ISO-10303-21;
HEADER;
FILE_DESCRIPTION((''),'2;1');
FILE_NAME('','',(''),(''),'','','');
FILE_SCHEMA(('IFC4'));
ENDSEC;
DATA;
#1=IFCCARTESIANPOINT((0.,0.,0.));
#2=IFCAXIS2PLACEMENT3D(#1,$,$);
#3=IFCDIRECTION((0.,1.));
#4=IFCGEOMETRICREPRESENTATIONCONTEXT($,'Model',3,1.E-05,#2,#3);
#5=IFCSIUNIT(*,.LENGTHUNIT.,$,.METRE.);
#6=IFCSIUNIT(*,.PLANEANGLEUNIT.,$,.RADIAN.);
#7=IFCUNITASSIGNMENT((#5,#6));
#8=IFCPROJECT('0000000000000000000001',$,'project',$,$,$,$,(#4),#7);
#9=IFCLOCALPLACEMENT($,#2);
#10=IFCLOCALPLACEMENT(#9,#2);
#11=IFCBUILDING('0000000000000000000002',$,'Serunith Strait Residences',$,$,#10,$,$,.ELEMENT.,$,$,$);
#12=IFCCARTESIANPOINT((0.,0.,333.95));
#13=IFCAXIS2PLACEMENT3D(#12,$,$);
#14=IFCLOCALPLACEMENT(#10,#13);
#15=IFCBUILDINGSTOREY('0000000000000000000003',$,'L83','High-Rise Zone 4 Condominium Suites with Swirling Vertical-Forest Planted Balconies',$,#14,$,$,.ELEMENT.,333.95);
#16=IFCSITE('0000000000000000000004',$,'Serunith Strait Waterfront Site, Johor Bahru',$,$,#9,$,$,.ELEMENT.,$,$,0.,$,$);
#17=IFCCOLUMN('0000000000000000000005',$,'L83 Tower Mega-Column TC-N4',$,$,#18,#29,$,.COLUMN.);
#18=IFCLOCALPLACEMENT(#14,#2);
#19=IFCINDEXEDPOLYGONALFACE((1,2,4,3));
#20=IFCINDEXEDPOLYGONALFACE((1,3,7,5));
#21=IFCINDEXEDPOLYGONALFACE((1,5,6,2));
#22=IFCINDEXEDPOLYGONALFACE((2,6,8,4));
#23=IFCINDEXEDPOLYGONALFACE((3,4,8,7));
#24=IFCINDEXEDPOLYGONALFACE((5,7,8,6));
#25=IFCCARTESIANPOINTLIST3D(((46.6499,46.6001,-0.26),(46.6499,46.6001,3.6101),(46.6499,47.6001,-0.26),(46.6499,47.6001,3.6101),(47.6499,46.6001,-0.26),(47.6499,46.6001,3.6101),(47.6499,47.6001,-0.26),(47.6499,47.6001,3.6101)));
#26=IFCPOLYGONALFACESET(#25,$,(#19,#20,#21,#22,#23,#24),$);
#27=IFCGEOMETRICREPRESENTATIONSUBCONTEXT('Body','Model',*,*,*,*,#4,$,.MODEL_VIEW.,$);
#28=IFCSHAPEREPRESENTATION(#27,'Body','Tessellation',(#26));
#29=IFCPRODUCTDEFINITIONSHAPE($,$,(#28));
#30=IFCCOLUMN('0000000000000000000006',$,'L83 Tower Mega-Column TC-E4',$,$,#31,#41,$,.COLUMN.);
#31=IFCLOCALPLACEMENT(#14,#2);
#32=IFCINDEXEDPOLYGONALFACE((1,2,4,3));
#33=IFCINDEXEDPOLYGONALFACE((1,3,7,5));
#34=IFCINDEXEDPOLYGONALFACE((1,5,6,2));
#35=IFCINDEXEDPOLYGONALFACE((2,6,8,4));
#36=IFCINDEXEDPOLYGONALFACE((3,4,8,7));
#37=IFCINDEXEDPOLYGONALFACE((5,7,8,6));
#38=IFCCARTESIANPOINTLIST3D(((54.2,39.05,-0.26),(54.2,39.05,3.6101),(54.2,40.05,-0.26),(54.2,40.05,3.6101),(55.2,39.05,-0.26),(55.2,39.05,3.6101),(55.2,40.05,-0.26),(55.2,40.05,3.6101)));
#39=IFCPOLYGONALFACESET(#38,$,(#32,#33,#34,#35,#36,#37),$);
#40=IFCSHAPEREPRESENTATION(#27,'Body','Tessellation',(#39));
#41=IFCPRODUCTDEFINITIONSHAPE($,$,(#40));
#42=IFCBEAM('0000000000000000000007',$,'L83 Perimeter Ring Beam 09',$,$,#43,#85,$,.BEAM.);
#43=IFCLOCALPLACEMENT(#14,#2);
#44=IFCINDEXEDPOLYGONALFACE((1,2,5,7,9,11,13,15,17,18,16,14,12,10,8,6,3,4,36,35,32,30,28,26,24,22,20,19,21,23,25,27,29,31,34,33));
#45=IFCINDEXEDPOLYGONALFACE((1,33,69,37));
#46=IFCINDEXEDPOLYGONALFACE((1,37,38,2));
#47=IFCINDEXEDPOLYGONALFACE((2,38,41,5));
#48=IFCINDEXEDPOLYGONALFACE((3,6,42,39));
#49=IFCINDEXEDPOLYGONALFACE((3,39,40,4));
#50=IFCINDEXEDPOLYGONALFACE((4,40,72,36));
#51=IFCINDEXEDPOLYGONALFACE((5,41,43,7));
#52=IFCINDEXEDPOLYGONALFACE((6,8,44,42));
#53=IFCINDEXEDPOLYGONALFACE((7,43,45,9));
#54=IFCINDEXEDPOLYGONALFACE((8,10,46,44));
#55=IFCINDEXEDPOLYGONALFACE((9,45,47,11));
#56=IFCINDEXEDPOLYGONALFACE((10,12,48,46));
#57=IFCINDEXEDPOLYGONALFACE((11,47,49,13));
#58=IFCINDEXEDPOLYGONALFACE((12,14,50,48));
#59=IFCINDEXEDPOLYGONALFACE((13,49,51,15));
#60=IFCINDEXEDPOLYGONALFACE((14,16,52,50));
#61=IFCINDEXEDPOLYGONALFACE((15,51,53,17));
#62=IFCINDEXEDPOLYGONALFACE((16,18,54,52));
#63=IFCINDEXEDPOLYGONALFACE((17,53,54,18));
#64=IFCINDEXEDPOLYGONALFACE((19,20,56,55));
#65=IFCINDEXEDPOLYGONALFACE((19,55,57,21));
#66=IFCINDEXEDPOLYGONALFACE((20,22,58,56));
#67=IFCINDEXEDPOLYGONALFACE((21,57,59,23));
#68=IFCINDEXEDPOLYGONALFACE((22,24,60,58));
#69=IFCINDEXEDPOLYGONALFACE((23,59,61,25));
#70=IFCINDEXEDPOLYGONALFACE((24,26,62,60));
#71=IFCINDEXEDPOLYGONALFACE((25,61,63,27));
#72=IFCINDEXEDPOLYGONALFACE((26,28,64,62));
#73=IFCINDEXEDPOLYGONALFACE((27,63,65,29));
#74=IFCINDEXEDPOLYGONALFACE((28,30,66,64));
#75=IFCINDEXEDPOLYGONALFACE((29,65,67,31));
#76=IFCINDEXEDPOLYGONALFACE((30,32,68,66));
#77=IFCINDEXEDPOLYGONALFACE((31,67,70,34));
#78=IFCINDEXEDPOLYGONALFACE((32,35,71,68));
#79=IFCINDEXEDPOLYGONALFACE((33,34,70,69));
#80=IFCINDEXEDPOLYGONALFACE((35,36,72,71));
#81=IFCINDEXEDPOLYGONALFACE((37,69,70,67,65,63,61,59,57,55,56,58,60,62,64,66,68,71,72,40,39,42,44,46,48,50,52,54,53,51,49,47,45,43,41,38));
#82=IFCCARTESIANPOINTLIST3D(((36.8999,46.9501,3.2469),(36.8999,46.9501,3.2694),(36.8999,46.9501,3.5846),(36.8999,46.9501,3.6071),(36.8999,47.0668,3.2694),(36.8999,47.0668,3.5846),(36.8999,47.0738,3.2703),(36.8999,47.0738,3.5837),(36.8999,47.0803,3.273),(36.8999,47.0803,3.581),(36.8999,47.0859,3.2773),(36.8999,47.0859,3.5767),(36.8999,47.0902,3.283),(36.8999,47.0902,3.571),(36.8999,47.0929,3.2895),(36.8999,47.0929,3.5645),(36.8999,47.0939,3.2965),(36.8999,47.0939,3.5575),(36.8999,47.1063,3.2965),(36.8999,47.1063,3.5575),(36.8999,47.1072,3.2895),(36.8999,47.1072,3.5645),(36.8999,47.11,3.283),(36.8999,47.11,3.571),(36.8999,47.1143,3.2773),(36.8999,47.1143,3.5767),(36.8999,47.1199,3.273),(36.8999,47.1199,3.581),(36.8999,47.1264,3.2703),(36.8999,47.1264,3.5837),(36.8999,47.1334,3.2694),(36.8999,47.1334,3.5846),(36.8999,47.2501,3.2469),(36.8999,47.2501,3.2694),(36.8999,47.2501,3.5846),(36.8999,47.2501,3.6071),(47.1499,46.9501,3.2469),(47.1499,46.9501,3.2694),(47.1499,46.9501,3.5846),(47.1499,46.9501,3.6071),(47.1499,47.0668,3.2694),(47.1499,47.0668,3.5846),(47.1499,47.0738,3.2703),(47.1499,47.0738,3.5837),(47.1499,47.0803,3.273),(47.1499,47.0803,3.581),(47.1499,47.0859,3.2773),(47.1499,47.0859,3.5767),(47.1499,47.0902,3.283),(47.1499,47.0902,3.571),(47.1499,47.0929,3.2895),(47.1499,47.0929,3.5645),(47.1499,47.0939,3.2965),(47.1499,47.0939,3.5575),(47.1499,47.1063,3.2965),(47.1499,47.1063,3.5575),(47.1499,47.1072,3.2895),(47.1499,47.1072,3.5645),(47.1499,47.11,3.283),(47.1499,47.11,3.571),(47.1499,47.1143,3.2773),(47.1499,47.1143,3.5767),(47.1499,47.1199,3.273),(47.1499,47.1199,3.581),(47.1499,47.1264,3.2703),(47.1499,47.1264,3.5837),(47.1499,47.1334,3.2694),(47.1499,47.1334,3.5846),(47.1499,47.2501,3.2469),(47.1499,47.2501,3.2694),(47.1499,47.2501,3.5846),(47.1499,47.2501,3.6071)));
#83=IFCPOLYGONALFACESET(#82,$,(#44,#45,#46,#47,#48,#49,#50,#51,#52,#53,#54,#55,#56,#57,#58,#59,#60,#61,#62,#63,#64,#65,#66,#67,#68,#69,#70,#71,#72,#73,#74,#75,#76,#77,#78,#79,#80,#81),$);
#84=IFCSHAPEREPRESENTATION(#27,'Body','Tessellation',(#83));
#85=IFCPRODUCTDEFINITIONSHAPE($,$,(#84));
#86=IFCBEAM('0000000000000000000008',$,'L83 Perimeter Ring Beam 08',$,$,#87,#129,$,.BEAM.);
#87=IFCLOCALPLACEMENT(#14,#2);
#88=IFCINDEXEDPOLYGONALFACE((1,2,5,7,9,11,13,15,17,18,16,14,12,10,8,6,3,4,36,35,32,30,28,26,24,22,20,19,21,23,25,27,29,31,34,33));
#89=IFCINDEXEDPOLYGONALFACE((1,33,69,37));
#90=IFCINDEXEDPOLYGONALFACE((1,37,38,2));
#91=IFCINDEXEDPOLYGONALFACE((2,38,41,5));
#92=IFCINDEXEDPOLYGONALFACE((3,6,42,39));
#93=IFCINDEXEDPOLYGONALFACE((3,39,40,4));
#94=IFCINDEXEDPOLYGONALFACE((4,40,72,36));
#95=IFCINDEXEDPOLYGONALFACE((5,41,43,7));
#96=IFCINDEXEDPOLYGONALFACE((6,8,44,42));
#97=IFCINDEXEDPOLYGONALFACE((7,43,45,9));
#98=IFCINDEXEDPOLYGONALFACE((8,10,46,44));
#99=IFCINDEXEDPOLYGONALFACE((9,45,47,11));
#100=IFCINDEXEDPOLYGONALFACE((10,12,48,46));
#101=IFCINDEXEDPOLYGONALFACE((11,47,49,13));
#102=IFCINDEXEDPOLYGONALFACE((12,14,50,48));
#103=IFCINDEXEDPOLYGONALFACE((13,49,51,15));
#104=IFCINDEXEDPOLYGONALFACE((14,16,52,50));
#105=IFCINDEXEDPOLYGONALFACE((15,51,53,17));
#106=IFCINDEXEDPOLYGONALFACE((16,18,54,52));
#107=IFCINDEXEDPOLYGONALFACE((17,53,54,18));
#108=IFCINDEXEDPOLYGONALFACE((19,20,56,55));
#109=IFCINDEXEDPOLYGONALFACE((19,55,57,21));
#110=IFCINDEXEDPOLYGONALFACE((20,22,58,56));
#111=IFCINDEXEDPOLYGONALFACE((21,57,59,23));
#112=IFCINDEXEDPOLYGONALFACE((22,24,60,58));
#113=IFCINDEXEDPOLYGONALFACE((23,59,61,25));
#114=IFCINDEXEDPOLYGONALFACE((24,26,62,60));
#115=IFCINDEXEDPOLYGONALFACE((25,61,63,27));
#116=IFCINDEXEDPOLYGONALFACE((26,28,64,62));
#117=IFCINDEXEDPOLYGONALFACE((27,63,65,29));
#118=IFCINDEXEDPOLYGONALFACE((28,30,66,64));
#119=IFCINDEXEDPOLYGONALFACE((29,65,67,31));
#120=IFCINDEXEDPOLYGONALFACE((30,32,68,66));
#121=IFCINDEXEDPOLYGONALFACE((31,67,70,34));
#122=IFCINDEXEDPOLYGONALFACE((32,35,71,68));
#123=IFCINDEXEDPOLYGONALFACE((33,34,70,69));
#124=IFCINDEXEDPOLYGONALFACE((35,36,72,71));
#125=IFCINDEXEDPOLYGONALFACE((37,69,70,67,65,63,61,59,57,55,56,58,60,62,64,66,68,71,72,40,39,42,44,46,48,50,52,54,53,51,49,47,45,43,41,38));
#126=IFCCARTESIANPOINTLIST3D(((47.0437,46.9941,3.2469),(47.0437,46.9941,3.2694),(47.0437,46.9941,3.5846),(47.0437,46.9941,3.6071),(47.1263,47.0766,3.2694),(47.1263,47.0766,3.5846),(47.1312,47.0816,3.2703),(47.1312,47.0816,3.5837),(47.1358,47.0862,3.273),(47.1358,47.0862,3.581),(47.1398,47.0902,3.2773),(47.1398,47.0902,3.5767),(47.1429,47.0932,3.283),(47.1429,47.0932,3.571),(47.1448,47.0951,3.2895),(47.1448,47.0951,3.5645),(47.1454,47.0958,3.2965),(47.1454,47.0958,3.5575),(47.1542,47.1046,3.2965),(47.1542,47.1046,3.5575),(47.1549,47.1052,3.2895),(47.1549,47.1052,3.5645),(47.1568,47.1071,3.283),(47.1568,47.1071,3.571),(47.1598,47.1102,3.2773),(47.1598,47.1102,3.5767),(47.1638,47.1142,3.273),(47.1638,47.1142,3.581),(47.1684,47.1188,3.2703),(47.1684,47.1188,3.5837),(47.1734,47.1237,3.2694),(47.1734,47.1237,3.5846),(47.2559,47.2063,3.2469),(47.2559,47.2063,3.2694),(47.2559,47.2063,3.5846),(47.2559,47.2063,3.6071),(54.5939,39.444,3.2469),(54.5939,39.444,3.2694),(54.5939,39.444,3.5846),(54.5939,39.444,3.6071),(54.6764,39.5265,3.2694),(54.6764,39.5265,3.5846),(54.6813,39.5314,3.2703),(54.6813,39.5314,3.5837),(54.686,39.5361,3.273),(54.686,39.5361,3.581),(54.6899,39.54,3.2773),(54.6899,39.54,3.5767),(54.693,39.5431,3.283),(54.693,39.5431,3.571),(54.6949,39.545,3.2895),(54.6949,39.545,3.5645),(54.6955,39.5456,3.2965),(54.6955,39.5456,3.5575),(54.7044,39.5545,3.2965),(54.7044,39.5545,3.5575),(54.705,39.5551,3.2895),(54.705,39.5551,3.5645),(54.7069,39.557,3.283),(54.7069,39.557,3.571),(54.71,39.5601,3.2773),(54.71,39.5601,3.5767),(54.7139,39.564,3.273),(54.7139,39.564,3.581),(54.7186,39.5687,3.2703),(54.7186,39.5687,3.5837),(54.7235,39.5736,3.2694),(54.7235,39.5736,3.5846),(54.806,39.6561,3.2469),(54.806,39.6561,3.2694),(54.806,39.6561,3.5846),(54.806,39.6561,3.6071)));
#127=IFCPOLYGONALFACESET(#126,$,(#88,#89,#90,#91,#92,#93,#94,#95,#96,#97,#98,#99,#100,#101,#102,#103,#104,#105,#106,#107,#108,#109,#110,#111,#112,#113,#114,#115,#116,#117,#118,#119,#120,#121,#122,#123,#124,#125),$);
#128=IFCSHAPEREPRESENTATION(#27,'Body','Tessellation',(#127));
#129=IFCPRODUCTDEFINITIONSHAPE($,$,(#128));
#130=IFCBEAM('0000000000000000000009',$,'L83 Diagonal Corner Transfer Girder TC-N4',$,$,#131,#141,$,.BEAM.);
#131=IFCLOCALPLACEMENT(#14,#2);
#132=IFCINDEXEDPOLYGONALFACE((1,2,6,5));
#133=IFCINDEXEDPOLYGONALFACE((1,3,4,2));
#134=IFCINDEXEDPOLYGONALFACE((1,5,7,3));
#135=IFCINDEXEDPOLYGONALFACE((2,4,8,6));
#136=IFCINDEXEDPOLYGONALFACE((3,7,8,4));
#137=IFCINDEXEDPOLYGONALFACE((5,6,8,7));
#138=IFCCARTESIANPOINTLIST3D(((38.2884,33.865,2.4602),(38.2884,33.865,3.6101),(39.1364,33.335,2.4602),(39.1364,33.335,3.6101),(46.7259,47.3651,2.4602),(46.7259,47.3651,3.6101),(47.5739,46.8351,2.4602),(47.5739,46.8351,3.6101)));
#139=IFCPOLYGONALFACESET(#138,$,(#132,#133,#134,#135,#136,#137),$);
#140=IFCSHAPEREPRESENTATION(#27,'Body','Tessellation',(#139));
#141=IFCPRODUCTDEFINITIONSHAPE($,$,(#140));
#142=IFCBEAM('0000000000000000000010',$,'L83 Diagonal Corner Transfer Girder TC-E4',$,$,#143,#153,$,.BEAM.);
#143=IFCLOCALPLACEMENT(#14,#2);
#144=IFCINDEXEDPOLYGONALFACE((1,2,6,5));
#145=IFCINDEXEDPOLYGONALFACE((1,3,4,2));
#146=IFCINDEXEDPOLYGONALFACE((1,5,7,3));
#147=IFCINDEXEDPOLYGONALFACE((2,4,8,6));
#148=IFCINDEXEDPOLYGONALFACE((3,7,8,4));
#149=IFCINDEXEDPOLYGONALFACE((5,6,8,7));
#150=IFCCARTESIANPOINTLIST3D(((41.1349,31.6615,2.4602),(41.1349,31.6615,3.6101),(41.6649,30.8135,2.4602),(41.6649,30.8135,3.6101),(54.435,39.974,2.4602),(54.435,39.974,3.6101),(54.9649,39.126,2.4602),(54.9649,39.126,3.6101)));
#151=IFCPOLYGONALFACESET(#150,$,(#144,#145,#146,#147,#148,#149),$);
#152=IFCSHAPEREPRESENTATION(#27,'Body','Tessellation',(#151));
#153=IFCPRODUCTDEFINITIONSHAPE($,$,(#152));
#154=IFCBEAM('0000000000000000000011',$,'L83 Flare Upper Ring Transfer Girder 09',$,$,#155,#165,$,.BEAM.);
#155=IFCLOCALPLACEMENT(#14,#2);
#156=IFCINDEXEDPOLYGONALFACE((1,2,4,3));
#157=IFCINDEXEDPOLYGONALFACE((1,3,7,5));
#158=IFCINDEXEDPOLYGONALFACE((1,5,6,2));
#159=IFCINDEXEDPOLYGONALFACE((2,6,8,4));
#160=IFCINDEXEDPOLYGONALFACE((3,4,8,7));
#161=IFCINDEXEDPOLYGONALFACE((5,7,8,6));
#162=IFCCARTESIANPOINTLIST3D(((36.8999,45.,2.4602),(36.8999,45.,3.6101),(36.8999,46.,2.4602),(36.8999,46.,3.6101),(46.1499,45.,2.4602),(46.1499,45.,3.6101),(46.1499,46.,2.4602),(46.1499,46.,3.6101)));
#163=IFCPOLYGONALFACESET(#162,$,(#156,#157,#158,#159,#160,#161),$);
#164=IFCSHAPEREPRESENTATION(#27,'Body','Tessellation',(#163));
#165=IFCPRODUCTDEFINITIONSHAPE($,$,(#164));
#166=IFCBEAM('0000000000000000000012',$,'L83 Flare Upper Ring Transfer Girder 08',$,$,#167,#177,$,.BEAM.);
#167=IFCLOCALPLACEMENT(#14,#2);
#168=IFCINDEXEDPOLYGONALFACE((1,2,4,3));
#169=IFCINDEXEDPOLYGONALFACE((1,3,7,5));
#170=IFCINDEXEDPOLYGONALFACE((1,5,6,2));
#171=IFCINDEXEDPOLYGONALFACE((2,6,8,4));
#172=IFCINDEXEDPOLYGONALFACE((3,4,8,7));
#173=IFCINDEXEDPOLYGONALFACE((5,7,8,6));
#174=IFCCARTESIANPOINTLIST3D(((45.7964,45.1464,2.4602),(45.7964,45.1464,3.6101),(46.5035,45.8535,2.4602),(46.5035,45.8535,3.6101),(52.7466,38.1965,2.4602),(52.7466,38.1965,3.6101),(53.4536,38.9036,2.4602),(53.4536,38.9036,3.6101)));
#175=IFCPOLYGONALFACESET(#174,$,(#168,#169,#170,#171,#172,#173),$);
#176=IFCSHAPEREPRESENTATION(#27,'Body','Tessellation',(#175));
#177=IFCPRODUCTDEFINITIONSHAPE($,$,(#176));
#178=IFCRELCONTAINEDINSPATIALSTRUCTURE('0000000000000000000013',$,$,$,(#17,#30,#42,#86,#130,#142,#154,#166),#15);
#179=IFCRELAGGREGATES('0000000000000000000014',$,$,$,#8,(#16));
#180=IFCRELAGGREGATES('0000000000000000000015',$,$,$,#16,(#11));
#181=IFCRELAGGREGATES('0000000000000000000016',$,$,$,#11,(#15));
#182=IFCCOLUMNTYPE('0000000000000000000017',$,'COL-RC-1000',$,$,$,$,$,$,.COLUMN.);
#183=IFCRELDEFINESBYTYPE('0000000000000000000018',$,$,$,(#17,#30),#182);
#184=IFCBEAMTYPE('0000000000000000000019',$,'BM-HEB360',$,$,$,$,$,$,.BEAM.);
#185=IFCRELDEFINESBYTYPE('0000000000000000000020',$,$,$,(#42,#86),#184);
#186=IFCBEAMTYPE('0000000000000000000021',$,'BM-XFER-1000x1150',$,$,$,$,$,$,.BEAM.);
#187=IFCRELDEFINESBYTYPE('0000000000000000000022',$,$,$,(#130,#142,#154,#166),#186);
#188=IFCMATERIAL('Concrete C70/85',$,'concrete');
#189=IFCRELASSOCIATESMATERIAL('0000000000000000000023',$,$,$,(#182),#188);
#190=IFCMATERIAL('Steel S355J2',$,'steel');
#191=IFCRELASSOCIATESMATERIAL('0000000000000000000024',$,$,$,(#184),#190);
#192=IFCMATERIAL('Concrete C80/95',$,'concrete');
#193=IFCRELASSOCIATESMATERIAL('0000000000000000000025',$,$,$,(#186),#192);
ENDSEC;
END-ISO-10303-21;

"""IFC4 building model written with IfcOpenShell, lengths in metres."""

from ifc_helpers import new_model, si_unit, direction, frame, origin, origin_2d, place, context, subcontext, project, spatial, rectangle, i_section, extrude, source, transform, mapped, material, material_profile, profile_set, type_object, element, save


model = new_model("IFC4")

# Units and contexts
model_context = context("Model", 3, precision=1e-05, world=origin(), true_north=direction((0.0, 1.0)))
body_context = subcontext(model_context, "Body", "Model", "MODEL_VIEW")
ifc_project = project(units=[si_unit("LENGTHUNIT", "METRE"), si_unit("PLANEANGLEUNIT", "RADIAN")], contexts=[model_context])

# Site, building, storey
site_placement = place(None, origin())
site = spatial("IfcSite", under=ifc_project, at=site_placement, Name="Serunith Strait Waterfront Site, Johor Bahru", CompositionType="ELEMENT", RefElevation=0.0)
building_placement = place(site_placement, origin())
building = spatial("IfcBuilding", under=site, at=building_placement, Name="Serunith Strait Residences", CompositionType="ELEMENT")
storey_placement = place(building_placement, frame((0.0, 0.0, 333.95)))
storey = spatial("IfcBuildingStorey", under=building, at=storey_placement, Name="L83", Description="High-Rise Zone 4 Condominium Suites with Swirling Vertical-Forest Planted Balconies", CompositionType="ELEMENT", Elevation=333.95)

# Columns
ifc_material_1 = material(Name="Concrete C70/85", Category="concrete")
ifc_material_profile_1 = material_profile(ifc_material_1, rectangle(XDim=1.0, YDim=1.0, at=origin_2d()), Name="RC 1000x1000")
ifc_profile_set_1 = profile_set([ifc_material_profile_1], Name="Concrete C70/85")
column_type = type_object("IfcColumnType", Name="COL-RC-1000", PredefinedType="COLUMN", material=ifc_profile_set_1)
shared_shape_1 = source(origin(), body_context, "Body", "SweptSolid", [
    extrude(rectangle(XDim=1.0, YDim=1.0, at=origin_2d()), origin(), (0.0, 0.0, 1.0), 3.8701),
])
for number, where, z_axis, x_axis, name in (
    (1, (47.1499, 47.1001, -0.26), (0.0, 0.0, 1.0), (1.0, 0.0, 0.0), "L83 Tower Mega-Column TC-N4"),
    (2, (54.7, 39.55, -0.26), (0.0, 0.0, 1.0), (1.0, 0.0, 0.0), "L83 Tower Mega-Column TC-E4"),
):
    element("IfcColumn", number, at=place(storey_placement, frame(where, z_axis=z_axis, x_axis=x_axis)), inside=storey, type_object=column_type, Name=name, PredefinedType="COLUMN", context=body_context, shape_type="MappedRepresentation", body=[
        mapped(shared_shape_1, transform((0.0, 0.0, 0.0), scale=1.0)),
    ])

# Beams
ifc_material_2 = material(Name="Steel S355J2", Category="steel")
ifc_material_profile_2 = material_profile(ifc_material_2, i_section(OverallWidth=0.3, OverallDepth=0.3601, WebThickness=0.0125, FlangeThickness=0.0225, FilletRadius=0.0271, at=origin_2d()), Name="HEB 360")
ifc_profile_set_2 = profile_set([ifc_material_profile_2], Name="Steel S355J2")
beam_type_1 = type_object("IfcBeamType", Name="BM-HEB360", PredefinedType="BEAM", material=ifc_profile_set_2)
shared_shape_2 = source(origin(), body_context, "Body", "SweptSolid", [
    extrude(i_section(OverallWidth=0.3, OverallDepth=0.3601, WebThickness=0.0125, FlangeThickness=0.0225, FilletRadius=0.0271, at=origin_2d()), origin(), (0.0, 0.0, 1.0), 10.25),
])
beam_1_placement = place(storey_placement, frame((47.1499, 47.1001, 3.427), z_axis=(-1.0, 0.0, 0.0), x_axis=(0.0, -1.0, 0.0)))
element("IfcBeam", 3, at=beam_1_placement, inside=storey, type_object=beam_type_1, Name="L83 Perimeter Ring Beam 09", PredefinedType="BEAM", context=body_context, shape_type="MappedRepresentation", body=[
    mapped(shared_shape_2, transform((0.0, 0.0, 0.0), scale=1.0)),
])
shared_shape_3 = source(origin(), body_context, "Body", "SweptSolid", [
    extrude(i_section(OverallWidth=0.3, OverallDepth=0.3601, WebThickness=0.0125, FlangeThickness=0.0225, FilletRadius=0.0271, at=origin_2d()), origin(), (0.0, 0.0, 1.0), 10.6775),
])
beam_2_placement = place(storey_placement, frame((54.7, 39.55, 3.427), z_axis=(-0.707107, 0.707107, 0.0), x_axis=(-0.707107, -0.707107, 0.0)))
element("IfcBeam", 4, at=beam_2_placement, inside=storey, type_object=beam_type_1, Name="L83 Perimeter Ring Beam 08", PredefinedType="BEAM", context=body_context, shape_type="MappedRepresentation", body=[
    mapped(shared_shape_3, transform((0.0, 0.0, 0.0), scale=1.0)),
])
ifc_material_3 = material(Name="Concrete C80/95", Category="concrete")
ifc_material_profile_3 = material_profile(ifc_material_3, rectangle(XDim=1.0, YDim=1.1499, at=origin_2d()), Name="RC 1000x1150")
ifc_profile_set_3 = profile_set([ifc_material_profile_3], Name="Concrete C80/95")
beam_type_2 = type_object("IfcBeamType", Name="BM-XFER-1000x1150", PredefinedType="BEAM", material=ifc_profile_set_3)
shared_shape_4 = source(origin(), body_context, "Body", "SweptSolid", [
    extrude(rectangle(XDim=1.0, YDim=1.1499, at=origin_2d()), origin(), (0.0, 0.0, 1.0), 15.9199),
])
beam_3_placement = place(storey_placement, frame((47.1499, 47.1001, 3.0352), z_axis=(-0.529999, -0.847998, 0.0), x_axis=(0.847998, -0.529999, 0.0)))
element("IfcBeam", 5, at=beam_3_placement, inside=storey, type_object=beam_type_2, Name="L83 Diagonal Corner Transfer Girder TC-N4", PredefinedType="BEAM", context=body_context, shape_type="MappedRepresentation", body=[
    mapped(shared_shape_4, transform((0.0, 0.0, 0.0), scale=1.0)),
])
shared_shape_5 = source(origin(), body_context, "Body", "SweptSolid", [
    extrude(rectangle(XDim=1.0, YDim=1.1499, at=origin_2d()), origin(), (0.0, 0.0, 1.0), 15.6841),
])
beam_4_placement = place(storey_placement, frame((54.7, 39.55, 3.0352), z_axis=(-0.847999, -0.529998, 0.0), x_axis=(0.529998, -0.847999, 0.0)))
element("IfcBeam", 6, at=beam_4_placement, inside=storey, type_object=beam_type_2, Name="L83 Diagonal Corner Transfer Girder TC-E4", PredefinedType="BEAM", context=body_context, shape_type="MappedRepresentation", body=[
    mapped(shared_shape_5, transform((0.0, 0.0, 0.0), scale=1.0)),
])
shared_shape_6 = source(origin(), body_context, "Body", "SweptSolid", [
    extrude(rectangle(XDim=1.0, YDim=1.1499, at=origin_2d()), origin(), (0.0, 0.0, 1.0), 9.25),
])
beam_5_placement = place(storey_placement, frame((46.1499, 45.5, 3.0352), z_axis=(-1.0, 0.0, 0.0), x_axis=(0.0, -1.0, 0.0)))
element("IfcBeam", 7, at=beam_5_placement, inside=storey, type_object=beam_type_2, Name="L83 Flare Upper Ring Transfer Girder 09", PredefinedType="BEAM", context=body_context, shape_type="MappedRepresentation", body=[
    mapped(shared_shape_6, transform((0.0, 0.0, 0.0), scale=1.0)),
])
shared_shape_7 = source(origin(), body_context, "Body", "SweptSolid", [
    extrude(rectangle(XDim=1.0, YDim=1.1499, at=origin_2d()), origin(), (0.0, 0.0, 1.0), 9.8289),
])
beam_6_placement = place(storey_placement, frame((53.1001, 38.55, 3.0352), z_axis=(-0.707119, 0.707094, 0.0), x_axis=(-0.707094, -0.707119, 0.0)))
element("IfcBeam", 8, at=beam_6_placement, inside=storey, type_object=beam_type_2, Name="L83 Flare Upper Ring Transfer Girder 08", PredefinedType="BEAM", context=body_context, shape_type="MappedRepresentation", body=[
    mapped(shared_shape_7, transform((0.0, 0.0, 0.0), scale=1.0)),
])

save(model, "model.ifc")
